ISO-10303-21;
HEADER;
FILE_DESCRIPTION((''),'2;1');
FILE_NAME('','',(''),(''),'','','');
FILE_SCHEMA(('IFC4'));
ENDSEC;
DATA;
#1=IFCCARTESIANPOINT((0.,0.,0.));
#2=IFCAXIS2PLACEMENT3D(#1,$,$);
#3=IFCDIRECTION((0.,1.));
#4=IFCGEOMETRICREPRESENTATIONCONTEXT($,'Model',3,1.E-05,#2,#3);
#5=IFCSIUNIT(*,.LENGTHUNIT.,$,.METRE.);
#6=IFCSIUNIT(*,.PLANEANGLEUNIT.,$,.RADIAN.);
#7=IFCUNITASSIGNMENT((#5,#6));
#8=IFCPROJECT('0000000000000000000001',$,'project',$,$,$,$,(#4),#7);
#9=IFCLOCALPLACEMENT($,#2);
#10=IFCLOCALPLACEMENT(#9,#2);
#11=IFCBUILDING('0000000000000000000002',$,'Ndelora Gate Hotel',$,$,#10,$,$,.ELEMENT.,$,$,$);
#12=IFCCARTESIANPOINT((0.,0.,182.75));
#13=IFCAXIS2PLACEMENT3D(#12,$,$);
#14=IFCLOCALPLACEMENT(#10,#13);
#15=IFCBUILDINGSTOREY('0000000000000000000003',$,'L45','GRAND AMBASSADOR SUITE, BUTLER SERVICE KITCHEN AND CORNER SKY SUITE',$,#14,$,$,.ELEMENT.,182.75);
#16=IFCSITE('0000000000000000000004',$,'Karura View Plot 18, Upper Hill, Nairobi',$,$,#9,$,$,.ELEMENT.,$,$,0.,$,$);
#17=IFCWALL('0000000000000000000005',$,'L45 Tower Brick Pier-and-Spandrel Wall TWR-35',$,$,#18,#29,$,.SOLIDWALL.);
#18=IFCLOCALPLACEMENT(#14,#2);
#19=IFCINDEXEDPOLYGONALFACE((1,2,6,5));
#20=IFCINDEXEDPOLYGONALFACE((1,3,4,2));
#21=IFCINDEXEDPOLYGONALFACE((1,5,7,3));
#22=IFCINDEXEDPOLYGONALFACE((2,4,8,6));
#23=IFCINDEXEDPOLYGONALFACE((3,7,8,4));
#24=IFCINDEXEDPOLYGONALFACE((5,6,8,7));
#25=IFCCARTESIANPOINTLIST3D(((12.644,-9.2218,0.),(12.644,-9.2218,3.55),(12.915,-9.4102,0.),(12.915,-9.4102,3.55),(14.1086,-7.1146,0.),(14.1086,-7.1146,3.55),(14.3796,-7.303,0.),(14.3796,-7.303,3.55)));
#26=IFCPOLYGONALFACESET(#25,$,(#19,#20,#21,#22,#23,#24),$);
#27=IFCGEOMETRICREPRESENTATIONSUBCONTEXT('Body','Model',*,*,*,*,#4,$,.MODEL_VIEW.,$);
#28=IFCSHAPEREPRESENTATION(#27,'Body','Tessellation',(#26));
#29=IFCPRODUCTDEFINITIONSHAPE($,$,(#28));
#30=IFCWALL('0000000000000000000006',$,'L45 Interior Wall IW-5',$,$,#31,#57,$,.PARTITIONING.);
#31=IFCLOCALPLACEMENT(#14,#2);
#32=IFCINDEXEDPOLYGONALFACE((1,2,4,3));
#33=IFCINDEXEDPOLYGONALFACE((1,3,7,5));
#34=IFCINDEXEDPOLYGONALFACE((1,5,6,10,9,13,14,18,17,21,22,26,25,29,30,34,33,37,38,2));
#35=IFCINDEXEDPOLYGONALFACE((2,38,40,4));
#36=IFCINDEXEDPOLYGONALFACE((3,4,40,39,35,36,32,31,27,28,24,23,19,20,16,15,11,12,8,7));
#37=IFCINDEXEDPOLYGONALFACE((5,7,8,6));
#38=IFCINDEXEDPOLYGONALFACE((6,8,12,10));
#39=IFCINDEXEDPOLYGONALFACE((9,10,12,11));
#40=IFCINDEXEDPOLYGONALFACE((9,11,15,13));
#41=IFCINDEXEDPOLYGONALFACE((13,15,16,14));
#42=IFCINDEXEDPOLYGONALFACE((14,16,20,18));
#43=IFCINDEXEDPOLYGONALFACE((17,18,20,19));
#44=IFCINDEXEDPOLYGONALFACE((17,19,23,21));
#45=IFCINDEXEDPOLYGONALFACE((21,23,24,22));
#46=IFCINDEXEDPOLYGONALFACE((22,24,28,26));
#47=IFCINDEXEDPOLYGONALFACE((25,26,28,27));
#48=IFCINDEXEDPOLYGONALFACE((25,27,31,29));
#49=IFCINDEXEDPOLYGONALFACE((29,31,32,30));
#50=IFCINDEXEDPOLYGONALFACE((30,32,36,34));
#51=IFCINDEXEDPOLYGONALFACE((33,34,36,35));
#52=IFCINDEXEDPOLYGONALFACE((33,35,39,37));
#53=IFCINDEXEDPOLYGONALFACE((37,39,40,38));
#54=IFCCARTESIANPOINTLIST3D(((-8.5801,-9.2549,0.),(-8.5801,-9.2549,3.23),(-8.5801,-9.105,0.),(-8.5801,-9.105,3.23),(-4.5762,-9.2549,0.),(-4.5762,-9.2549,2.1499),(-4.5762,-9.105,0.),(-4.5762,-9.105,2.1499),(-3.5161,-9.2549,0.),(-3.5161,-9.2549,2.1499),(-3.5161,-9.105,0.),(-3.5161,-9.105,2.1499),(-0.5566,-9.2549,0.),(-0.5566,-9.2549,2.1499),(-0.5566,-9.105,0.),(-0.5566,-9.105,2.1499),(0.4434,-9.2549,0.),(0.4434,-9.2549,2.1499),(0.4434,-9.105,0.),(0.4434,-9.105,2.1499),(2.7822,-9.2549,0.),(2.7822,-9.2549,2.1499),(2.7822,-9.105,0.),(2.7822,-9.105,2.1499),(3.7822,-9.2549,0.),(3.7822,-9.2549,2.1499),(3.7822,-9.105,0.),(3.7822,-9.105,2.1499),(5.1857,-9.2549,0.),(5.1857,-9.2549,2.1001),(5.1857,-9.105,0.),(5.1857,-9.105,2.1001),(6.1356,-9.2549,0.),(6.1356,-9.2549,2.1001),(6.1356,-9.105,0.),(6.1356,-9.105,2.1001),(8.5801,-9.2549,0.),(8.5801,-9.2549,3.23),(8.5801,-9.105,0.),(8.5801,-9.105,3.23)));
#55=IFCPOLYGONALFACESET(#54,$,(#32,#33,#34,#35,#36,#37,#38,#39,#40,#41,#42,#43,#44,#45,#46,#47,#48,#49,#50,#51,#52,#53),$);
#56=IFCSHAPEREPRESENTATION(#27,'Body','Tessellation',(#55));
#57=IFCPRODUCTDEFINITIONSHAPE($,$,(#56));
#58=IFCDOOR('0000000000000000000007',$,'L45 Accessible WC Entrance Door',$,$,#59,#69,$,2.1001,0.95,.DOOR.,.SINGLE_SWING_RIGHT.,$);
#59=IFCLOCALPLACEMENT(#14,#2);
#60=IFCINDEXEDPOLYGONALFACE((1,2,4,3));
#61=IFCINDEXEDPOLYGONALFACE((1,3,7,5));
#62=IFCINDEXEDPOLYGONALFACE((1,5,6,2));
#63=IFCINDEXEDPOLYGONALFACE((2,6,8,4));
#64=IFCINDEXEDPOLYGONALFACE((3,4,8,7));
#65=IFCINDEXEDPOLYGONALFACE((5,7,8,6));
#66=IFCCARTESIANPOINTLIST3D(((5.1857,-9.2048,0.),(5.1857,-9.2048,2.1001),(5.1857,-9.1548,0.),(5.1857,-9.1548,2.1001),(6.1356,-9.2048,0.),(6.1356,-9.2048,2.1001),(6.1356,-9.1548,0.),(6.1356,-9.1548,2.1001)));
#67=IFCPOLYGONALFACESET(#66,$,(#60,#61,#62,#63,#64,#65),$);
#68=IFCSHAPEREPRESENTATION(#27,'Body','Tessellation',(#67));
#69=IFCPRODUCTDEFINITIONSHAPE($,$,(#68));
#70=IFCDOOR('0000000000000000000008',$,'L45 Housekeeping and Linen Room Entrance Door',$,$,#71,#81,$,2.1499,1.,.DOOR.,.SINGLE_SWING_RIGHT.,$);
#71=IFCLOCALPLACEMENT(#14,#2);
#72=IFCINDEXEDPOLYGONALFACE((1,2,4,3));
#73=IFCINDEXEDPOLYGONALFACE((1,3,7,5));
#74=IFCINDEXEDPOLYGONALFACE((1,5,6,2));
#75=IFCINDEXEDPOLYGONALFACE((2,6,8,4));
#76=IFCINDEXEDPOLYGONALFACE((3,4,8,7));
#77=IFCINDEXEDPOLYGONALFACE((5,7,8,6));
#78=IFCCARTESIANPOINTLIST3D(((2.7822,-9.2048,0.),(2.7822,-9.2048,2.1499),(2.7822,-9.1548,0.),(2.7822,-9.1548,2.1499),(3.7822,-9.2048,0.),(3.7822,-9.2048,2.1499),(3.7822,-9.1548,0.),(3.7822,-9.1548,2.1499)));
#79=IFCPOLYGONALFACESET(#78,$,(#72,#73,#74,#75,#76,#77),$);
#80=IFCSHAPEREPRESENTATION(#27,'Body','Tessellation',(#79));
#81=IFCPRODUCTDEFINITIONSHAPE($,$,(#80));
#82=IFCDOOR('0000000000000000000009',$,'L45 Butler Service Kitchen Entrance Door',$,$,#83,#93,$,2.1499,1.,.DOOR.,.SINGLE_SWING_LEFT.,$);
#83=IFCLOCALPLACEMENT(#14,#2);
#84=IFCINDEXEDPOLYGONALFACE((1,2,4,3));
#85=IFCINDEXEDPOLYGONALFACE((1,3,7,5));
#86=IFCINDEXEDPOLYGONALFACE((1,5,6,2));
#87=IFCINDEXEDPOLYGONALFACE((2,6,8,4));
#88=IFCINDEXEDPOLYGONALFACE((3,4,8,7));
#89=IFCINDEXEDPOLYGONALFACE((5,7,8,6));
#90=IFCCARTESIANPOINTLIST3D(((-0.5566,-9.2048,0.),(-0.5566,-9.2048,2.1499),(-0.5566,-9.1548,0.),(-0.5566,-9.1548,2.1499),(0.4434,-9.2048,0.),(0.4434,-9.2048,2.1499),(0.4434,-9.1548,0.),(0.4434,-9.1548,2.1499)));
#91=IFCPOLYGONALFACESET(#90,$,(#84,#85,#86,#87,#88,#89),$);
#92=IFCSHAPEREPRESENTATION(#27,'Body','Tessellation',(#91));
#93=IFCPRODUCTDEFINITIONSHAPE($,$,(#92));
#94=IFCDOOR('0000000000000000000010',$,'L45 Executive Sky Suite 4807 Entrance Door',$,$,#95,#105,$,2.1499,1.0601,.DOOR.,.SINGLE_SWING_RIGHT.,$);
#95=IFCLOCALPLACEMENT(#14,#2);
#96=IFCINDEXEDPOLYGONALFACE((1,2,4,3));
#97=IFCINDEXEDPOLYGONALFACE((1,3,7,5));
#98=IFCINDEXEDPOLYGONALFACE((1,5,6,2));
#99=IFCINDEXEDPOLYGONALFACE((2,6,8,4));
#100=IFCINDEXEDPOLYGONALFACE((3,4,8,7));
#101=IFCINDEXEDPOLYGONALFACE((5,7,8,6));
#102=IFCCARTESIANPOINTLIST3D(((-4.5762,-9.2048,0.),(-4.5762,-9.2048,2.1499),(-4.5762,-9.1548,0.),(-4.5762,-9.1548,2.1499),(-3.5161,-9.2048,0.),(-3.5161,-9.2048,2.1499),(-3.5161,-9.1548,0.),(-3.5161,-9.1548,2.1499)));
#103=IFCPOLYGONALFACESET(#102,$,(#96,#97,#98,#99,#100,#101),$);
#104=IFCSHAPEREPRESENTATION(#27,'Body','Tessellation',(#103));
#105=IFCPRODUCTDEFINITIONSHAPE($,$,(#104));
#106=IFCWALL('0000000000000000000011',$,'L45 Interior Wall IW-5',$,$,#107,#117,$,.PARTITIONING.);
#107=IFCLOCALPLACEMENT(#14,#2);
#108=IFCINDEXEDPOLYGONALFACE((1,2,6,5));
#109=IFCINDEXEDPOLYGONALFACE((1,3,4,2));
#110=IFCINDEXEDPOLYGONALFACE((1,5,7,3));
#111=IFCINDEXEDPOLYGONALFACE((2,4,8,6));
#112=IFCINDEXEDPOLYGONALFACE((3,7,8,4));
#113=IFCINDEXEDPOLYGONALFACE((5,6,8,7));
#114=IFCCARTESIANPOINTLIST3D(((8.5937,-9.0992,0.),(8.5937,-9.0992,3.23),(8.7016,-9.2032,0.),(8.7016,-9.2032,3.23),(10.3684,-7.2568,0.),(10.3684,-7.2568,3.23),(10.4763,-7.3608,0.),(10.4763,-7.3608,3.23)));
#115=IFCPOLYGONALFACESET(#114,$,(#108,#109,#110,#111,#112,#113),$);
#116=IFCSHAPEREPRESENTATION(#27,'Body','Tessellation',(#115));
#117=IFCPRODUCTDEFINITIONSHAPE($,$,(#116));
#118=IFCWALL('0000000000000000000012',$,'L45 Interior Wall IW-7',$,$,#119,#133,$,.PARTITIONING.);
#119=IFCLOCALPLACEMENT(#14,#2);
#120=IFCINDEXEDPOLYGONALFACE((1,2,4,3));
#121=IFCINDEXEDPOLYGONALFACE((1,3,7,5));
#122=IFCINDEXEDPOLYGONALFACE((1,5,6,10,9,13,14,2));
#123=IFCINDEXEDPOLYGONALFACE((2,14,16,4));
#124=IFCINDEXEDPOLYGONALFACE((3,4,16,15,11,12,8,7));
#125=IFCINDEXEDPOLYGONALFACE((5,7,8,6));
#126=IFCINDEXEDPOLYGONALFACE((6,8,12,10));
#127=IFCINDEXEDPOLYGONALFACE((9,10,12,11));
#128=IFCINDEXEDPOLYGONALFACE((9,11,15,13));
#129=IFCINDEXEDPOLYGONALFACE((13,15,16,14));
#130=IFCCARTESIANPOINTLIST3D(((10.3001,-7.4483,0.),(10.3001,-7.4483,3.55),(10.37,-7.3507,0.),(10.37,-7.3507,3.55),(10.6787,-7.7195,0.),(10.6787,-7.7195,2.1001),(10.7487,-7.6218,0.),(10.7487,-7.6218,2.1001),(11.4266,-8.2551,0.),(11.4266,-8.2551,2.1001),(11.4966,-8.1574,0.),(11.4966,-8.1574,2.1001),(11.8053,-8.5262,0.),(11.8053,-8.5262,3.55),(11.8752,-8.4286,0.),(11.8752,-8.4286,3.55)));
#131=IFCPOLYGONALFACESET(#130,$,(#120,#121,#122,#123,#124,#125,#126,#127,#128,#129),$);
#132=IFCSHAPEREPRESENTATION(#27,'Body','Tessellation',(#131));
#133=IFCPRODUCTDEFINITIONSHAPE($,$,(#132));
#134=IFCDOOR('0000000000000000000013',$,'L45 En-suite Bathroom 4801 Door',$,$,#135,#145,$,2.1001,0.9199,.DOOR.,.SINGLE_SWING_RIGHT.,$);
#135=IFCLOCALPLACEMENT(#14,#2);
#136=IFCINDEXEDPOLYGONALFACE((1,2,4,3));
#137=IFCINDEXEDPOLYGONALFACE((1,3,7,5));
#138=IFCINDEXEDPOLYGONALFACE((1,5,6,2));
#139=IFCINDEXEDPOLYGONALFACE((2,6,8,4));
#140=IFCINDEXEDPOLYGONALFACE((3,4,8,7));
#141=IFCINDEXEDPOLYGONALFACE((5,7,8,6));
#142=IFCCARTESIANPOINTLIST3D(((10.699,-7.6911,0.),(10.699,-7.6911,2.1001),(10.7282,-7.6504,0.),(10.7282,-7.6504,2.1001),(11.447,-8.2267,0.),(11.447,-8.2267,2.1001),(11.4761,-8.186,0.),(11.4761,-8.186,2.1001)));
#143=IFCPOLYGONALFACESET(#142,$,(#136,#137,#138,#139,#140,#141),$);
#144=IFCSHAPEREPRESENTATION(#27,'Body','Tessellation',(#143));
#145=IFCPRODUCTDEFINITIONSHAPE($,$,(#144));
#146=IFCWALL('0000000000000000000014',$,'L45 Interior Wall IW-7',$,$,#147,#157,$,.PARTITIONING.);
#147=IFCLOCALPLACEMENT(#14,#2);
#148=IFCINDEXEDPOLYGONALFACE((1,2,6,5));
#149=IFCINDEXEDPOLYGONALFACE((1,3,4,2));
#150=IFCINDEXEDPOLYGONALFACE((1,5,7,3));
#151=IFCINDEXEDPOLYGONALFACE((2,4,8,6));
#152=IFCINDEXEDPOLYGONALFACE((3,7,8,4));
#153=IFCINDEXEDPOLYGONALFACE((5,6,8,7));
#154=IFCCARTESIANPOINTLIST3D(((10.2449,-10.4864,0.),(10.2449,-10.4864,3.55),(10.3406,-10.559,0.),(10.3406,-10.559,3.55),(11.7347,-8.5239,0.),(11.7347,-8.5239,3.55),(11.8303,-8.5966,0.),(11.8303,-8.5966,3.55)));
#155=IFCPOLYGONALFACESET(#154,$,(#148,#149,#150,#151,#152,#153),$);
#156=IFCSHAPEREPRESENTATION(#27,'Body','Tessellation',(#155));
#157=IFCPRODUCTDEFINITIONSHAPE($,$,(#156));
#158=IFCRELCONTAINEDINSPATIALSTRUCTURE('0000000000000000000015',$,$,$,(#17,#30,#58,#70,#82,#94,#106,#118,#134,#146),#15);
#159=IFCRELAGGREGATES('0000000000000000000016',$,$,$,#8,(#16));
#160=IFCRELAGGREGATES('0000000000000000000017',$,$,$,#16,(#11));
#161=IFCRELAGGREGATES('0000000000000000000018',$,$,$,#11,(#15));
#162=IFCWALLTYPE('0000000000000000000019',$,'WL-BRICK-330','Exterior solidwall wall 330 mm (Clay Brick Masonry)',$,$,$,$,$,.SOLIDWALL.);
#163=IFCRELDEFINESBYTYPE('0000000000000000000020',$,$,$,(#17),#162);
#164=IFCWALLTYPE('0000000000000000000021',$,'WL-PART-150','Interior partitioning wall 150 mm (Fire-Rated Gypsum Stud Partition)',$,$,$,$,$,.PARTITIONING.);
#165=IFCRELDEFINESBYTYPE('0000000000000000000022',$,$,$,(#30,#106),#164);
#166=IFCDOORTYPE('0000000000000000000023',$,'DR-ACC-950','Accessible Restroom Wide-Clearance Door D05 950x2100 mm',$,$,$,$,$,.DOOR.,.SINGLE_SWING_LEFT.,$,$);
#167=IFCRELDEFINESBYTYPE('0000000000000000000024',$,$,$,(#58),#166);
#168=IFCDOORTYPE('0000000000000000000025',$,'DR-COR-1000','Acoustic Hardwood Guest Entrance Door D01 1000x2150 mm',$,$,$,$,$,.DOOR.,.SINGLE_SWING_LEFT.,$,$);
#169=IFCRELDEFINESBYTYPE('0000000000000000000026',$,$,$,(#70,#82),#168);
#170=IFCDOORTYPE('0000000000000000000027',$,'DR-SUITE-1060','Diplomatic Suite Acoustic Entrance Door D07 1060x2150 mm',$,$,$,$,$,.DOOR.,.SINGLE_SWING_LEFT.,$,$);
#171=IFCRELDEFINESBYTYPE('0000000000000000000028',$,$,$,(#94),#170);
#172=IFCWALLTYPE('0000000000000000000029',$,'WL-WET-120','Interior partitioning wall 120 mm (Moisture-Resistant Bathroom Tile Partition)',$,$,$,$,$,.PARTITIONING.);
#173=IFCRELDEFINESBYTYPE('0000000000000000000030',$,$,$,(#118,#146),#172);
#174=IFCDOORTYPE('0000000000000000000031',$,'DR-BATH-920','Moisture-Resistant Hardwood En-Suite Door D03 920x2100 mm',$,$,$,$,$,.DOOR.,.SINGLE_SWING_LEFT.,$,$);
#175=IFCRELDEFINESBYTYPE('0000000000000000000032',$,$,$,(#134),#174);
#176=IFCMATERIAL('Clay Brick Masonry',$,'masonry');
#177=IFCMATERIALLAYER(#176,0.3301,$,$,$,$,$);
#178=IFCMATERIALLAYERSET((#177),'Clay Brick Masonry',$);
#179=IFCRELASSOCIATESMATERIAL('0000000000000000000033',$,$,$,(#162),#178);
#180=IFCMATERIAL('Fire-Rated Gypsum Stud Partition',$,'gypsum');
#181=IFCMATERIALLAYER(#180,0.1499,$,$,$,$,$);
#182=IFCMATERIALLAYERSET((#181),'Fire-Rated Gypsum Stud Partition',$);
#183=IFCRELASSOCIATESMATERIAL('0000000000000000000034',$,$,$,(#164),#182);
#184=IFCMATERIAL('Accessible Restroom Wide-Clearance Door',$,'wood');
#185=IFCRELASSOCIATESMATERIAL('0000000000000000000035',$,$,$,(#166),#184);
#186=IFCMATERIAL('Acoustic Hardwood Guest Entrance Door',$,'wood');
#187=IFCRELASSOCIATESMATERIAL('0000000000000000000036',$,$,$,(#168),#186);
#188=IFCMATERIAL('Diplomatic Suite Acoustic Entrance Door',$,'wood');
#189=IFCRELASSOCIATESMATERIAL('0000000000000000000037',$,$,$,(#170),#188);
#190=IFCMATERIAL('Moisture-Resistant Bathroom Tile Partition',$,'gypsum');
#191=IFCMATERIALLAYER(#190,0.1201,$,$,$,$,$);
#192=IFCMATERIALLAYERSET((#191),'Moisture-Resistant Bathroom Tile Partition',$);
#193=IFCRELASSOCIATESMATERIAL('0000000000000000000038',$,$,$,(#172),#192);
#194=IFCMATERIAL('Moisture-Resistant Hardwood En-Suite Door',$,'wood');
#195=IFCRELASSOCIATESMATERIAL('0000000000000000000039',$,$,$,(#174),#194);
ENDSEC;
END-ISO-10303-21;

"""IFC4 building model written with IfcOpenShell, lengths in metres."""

from ifc_helpers import new_model, si_unit, direction, frame, frame_2d, origin, place, context, subcontext, project, spatial, rectangle, extrude, material, layer, layer_set, type_object, element, fill, save


model = new_model("IFC4")

# Units and contexts
model_context = context("Model", 3, precision=1e-05, world=origin(), true_north=direction((0.0, 1.0)))
body_context = subcontext(model_context, "Body", "Model", "MODEL_VIEW")
ifc_project = project(units=[si_unit("LENGTHUNIT", "METRE"), si_unit("PLANEANGLEUNIT", "RADIAN")], contexts=[model_context])

# Site, building, storey
site_placement = place(None, origin())
site = spatial("IfcSite", under=ifc_project, at=site_placement, Name="Karura View Plot 18, Upper Hill, Nairobi", CompositionType="ELEMENT", RefElevation=0.0)
building_placement = place(site_placement, origin())
building = spatial("IfcBuilding", under=site, at=building_placement, Name="Ndelora Gate Hotel", CompositionType="ELEMENT")
storey_placement = place(building_placement, frame((0.0, 0.0, 182.75)))
storey = spatial("IfcBuildingStorey", under=building, at=storey_placement, Name="L45", Description="GRAND AMBASSADOR SUITE, BUTLER SERVICE KITCHEN AND CORNER SKY SUITE", CompositionType="ELEMENT", Elevation=182.75)

# Shared definitions
ifc_material_1 = material(Name="Clay Brick Masonry", Category="masonry")
ifc_layer_1 = layer(ifc_material_1, 0.3301)
ifc_layer_set_1 = layer_set([ifc_layer_1], Name="Clay Brick Masonry")
wall_type_1 = type_object("IfcWallType", Name="WL-BRICK-330", Description="Exterior solidwall wall 330 mm (Clay Brick Masonry)", PredefinedType="SOLIDWALL", material=ifc_layer_set_1)

# Wall
wall_1_placement = place(storey_placement, frame((14.2441, -7.2087, 0.0), z_axis=(0.0, 0.0, 1.0), x_axis=(-0.570733, -0.821136, 0.0)))
element("IfcWall", 1, at=wall_1_placement, inside=storey, type_object=wall_type_1, Name="L45 Tower Brick Pier-and-Spandrel Wall TWR-35", PredefinedType="SOLIDWALL", context=body_context, shape_type="SweptSolid", body=[
    extrude(rectangle(XDim=2.5662, YDim=0.3301, at=frame_2d((1.2832, 0.0))), origin(), (0.0, 0.0, 1.0), 3.55),
])

# Wall, openings, doors
ifc_material_2 = material(Name="Fire-Rated Gypsum Stud Partition", Category="gypsum")
ifc_layer_2 = layer(ifc_material_2, 0.1499)
ifc_layer_set_2 = layer_set([ifc_layer_2], Name="Fire-Rated Gypsum Stud Partition")
wall_type_2 = type_object("IfcWallType", Name="WL-PART-150", Description="Interior partitioning wall 150 mm (Fire-Rated Gypsum Stud Partition)", PredefinedType="PARTITIONING", material=ifc_layer_set_2)
wall_2_placement = place(storey_placement, frame((8.5801, -9.1799, 0.0), z_axis=(0.0, 0.0, 1.0), x_axis=(-1.0, 0.0, 0.0)))
wall_2 = element("IfcWall", 2, at=wall_2_placement, inside=storey, type_object=wall_type_2, Name="L45 Interior Wall IW-5", PredefinedType="PARTITIONING", context=body_context, shape_type="SweptSolid", body=[
    extrude(rectangle(XDim=17.1602, YDim=0.1499, at=frame_2d((8.5801, 0.0))), origin(), (0.0, 0.0, 1.0), 3.23),
])
opening_1_placement = place(wall_2_placement, frame((2.4443, 0.0, 0.0)))
opening_1 = element("IfcOpeningElement", 3, at=opening_1_placement, cuts=wall_2, PredefinedType="OPENING", context=body_context, shape_type="SweptSolid", body=[
    extrude(rectangle(XDim=0.95, YDim=2.1001, at=frame_2d((0.4751, 1.05))), frame((0.0, 0.085, 0.0), z_axis=(0.0, -1.0, 0.0), x_axis=(1.0, 0.0, 0.0)), (0.0, 0.0, 1.0), 0.1699),
])
opening_2_placement = place(wall_2_placement, frame((4.7979, 0.0, 0.0)))
opening_2 = element("IfcOpeningElement", 4, at=opening_2_placement, cuts=wall_2, PredefinedType="OPENING", context=body_context, shape_type="SweptSolid", body=[
    extrude(rectangle(XDim=1.0, YDim=2.1499, at=frame_2d((0.5, 1.075))), frame((0.0, 0.085, 0.0), z_axis=(0.0, -1.0, 0.0), x_axis=(1.0, 0.0, 0.0)), (0.0, 0.0, 1.0), 0.1699),
])
opening_3_placement = place(wall_2_placement, frame((12.0962, 0.0, 0.0)))
opening_3 = element("IfcOpeningElement", 5, at=opening_3_placement, cuts=wall_2, PredefinedType="OPENING", context=body_context, shape_type="SweptSolid", body=[
    extrude(rectangle(XDim=1.0601, YDim=2.1499, at=frame_2d((0.53, 1.075))), frame((0.0, 0.085, 0.0), z_axis=(0.0, -1.0, 0.0), x_axis=(1.0, 0.0, 0.0)), (0.0, 0.0, 1.0), 0.1699),
])
opening_4_placement = place(wall_2_placement, frame((8.1367, 0.0, 0.0)))
opening_4 = element("IfcOpeningElement", 6, at=opening_4_placement, cuts=wall_2, PredefinedType="OPENING", context=body_context, shape_type="SweptSolid", body=[
    extrude(rectangle(XDim=1.0, YDim=2.1499, at=frame_2d((0.5, 1.075))), frame((0.0, 0.085, 0.0), z_axis=(0.0, -1.0, 0.0), x_axis=(1.0, 0.0, 0.0)), (0.0, 0.0, 1.0), 0.1699),
])
ifc_material_3 = material(Name="Accessible Restroom Wide-Clearance Door", Category="wood")
door_type_1 = type_object("IfcDoorType", Name="DR-ACC-950", Description="Accessible Restroom Wide-Clearance Door D05 950x2100 mm", OperationType="SINGLE_SWING_LEFT", PredefinedType="DOOR", material=ifc_material_3)
door_1_placement = place(opening_1_placement, origin())
door_1 = element("IfcDoor", 7, at=door_1_placement, inside=storey, type_object=door_type_1, Name="L45 Accessible WC Entrance Door", OperationType="SINGLE_SWING_RIGHT", OverallHeight=2.1001, OverallWidth=0.95, PredefinedType="DOOR", context=body_context, shape_type="SweptSolid", body=[
    extrude(rectangle(XDim=0.95, YDim=2.1001, at=frame_2d((0.4751, 1.05))), frame((0.0, 0.0249, 0.0), z_axis=(0.0, -1.0, 0.0), x_axis=(1.0, 0.0, 0.0)), (0.0, 0.0, 1.0), 0.05),
])
fill(opening_1, door_1)
ifc_material_4 = material(Name="Acoustic Hardwood Guest Entrance Door", Category="wood")
door_type_2 = type_object("IfcDoorType", Name="DR-COR-1000", Description="Acoustic Hardwood Guest Entrance Door D01 1000x2150 mm", OperationType="SINGLE_SWING_LEFT", PredefinedType="DOOR", material=ifc_material_4)
door_2_placement = place(opening_2_placement, origin())
door_2 = element("IfcDoor", 8, at=door_2_placement, inside=storey, type_object=door_type_2, Name="L45 Housekeeping and Linen Room Entrance Door", OperationType="SINGLE_SWING_RIGHT", OverallHeight=2.1499, OverallWidth=1.0, PredefinedType="DOOR", context=body_context, shape_type="SweptSolid", body=[
    extrude(rectangle(XDim=1.0, YDim=2.1499, at=frame_2d((0.5, 1.075))), frame((0.0, 0.0249, 0.0), z_axis=(0.0, -1.0, 0.0), x_axis=(1.0, 0.0, 0.0)), (0.0, 0.0, 1.0), 0.05),
])
fill(opening_2, door_2)
door_3_placement = place(opening_4_placement, origin())
door_3 = element("IfcDoor", 9, at=door_3_placement, inside=storey, type_object=door_type_2, Name="L45 Butler Service Kitchen Entrance Door", OperationType="SINGLE_SWING_LEFT", OverallHeight=2.1499, OverallWidth=1.0, PredefinedType="DOOR", context=body_context, shape_type="SweptSolid", body=[
    extrude(rectangle(XDim=1.0, YDim=2.1499, at=frame_2d((0.5, 1.075))), frame((0.0, 0.0249, 0.0), z_axis=(0.0, -1.0, 0.0), x_axis=(1.0, 0.0, 0.0)), (0.0, 0.0, 1.0), 0.05),
])
fill(opening_4, door_3)
ifc_material_5 = material(Name="Diplomatic Suite Acoustic Entrance Door", Category="wood")
door_type_3 = type_object("IfcDoorType", Name="DR-SUITE-1060", Description="Diplomatic Suite Acoustic Entrance Door D07 1060x2150 mm", OperationType="SINGLE_SWING_LEFT", PredefinedType="DOOR", material=ifc_material_5)
door_4_placement = place(opening_3_placement, origin())
door_4 = element("IfcDoor", 10, at=door_4_placement, inside=storey, type_object=door_type_3, Name="L45 Executive Sky Suite 4807 Entrance Door", OperationType="SINGLE_SWING_RIGHT", OverallHeight=2.1499, OverallWidth=1.0601, PredefinedType="DOOR", context=body_context, shape_type="SweptSolid", body=[
    extrude(rectangle(XDim=1.0601, YDim=2.1499, at=frame_2d((0.53, 1.075))), frame((0.0, 0.0249, 0.0), z_axis=(0.0, -1.0, 0.0), x_axis=(1.0, 0.0, 0.0)), (0.0, 0.0, 1.0), 0.05),
])
fill(opening_3, door_4)

# Wall
wall_3_placement = place(storey_placement, frame((10.4224, -7.3088, 0.0), z_axis=(0.0, 0.0, 1.0), x_axis=(-0.693765, -0.720202, 0.0)))
element("IfcWall", 11, at=wall_3_placement, inside=storey, type_object=wall_type_2, Name="L45 Interior Wall IW-5", PredefinedType="PARTITIONING", context=body_context, shape_type="SweptSolid", body=[
    extrude(rectangle(XDim=2.5581, YDim=0.1499, at=frame_2d((1.2791, 0.0))), origin(), (0.0, 0.0, 1.0), 3.23),
])

# Wall, opening, door
ifc_material_6 = material(Name="Moisture-Resistant Bathroom Tile Partition", Category="gypsum")
ifc_layer_3 = layer(ifc_material_6, 0.1201)
ifc_layer_set_3 = layer_set([ifc_layer_3], Name="Moisture-Resistant Bathroom Tile Partition")
wall_type_3 = type_object("IfcWallType", Name="WL-WET-120", Description="Interior partitioning wall 120 mm (Moisture-Resistant Bathroom Tile Partition)", PredefinedType="PARTITIONING", material=ifc_layer_set_3)
wall_4_placement = place(storey_placement, frame((10.335, -7.3994, 0.0), z_axis=(0.0, 0.0, 1.0), x_axis=(0.81302, -0.582236, 0.0)))
wall_4 = element("IfcWall", 12, at=wall_4_placement, inside=storey, type_object=wall_type_3, Name="L45 Interior Wall IW-7", PredefinedType="PARTITIONING", context=body_context, shape_type="SweptSolid", body=[
    extrude(rectangle(XDim=1.8513, YDim=0.1201, at=frame_2d((0.9258, 0.0))), origin(), (0.0, 0.0, 1.0), 3.55),
])
opening_5_placement = place(wall_4_placement, frame((0.4658, 0.0, 0.0)))
opening_5 = element("IfcOpeningElement", 13, at=opening_5_placement, cuts=wall_4, PredefinedType="OPENING", context=body_context, shape_type="SweptSolid", body=[
    extrude(rectangle(XDim=0.9199, YDim=2.1001, at=frame_2d((0.46, 1.05))), frame((0.0, 0.0701, 0.0), z_axis=(0.0, -1.0, 0.0), x_axis=(1.0, 0.0, 0.0)), (0.0, 0.0, 1.0), 0.1401),
])
ifc_material_7 = material(Name="Moisture-Resistant Hardwood En-Suite Door", Category="wood")
door_type_4 = type_object("IfcDoorType", Name="DR-BATH-920", Description="Moisture-Resistant Hardwood En-Suite Door D03 920x2100 mm", OperationType="SINGLE_SWING_LEFT", PredefinedType="DOOR", material=ifc_material_7)
door_5_placement = place(opening_5_placement, origin())
door_5 = element("IfcDoor", 14, at=door_5_placement, inside=storey, type_object=door_type_4, Name="L45 En-suite Bathroom 4801 Door", OperationType="SINGLE_SWING_RIGHT", OverallHeight=2.1001, OverallWidth=0.9199, PredefinedType="DOOR", context=body_context, shape_type="SweptSolid", body=[
    extrude(rectangle(XDim=0.9199, YDim=2.1001, at=frame_2d((0.46, 1.05))), frame((0.0, 0.0249, 0.0), z_axis=(0.0, -1.0, 0.0), x_axis=(1.0, 0.0, 0.0)), (0.0, 0.0, 1.0), 0.05),
])
fill(opening_5, door_5)

# Wall
wall_5_placement = place(storey_placement, frame((10.2927, -10.5227, 0.0), z_axis=(0.0, 0.0, 1.0), x_axis=(0.604651, 0.796491, 0.0)))
element("IfcWall", 15, at=wall_5_placement, inside=storey, type_object=wall_type_3, Name="L45 Interior Wall IW-7", PredefinedType="PARTITIONING", context=body_context, shape_type="SweptSolid", body=[
    extrude(rectangle(XDim=2.4639, YDim=0.1201, at=frame_2d((1.2319, 0.0))), origin(), (0.0, 0.0, 1.0), 3.55),
])

save(model, "model.ifc")
